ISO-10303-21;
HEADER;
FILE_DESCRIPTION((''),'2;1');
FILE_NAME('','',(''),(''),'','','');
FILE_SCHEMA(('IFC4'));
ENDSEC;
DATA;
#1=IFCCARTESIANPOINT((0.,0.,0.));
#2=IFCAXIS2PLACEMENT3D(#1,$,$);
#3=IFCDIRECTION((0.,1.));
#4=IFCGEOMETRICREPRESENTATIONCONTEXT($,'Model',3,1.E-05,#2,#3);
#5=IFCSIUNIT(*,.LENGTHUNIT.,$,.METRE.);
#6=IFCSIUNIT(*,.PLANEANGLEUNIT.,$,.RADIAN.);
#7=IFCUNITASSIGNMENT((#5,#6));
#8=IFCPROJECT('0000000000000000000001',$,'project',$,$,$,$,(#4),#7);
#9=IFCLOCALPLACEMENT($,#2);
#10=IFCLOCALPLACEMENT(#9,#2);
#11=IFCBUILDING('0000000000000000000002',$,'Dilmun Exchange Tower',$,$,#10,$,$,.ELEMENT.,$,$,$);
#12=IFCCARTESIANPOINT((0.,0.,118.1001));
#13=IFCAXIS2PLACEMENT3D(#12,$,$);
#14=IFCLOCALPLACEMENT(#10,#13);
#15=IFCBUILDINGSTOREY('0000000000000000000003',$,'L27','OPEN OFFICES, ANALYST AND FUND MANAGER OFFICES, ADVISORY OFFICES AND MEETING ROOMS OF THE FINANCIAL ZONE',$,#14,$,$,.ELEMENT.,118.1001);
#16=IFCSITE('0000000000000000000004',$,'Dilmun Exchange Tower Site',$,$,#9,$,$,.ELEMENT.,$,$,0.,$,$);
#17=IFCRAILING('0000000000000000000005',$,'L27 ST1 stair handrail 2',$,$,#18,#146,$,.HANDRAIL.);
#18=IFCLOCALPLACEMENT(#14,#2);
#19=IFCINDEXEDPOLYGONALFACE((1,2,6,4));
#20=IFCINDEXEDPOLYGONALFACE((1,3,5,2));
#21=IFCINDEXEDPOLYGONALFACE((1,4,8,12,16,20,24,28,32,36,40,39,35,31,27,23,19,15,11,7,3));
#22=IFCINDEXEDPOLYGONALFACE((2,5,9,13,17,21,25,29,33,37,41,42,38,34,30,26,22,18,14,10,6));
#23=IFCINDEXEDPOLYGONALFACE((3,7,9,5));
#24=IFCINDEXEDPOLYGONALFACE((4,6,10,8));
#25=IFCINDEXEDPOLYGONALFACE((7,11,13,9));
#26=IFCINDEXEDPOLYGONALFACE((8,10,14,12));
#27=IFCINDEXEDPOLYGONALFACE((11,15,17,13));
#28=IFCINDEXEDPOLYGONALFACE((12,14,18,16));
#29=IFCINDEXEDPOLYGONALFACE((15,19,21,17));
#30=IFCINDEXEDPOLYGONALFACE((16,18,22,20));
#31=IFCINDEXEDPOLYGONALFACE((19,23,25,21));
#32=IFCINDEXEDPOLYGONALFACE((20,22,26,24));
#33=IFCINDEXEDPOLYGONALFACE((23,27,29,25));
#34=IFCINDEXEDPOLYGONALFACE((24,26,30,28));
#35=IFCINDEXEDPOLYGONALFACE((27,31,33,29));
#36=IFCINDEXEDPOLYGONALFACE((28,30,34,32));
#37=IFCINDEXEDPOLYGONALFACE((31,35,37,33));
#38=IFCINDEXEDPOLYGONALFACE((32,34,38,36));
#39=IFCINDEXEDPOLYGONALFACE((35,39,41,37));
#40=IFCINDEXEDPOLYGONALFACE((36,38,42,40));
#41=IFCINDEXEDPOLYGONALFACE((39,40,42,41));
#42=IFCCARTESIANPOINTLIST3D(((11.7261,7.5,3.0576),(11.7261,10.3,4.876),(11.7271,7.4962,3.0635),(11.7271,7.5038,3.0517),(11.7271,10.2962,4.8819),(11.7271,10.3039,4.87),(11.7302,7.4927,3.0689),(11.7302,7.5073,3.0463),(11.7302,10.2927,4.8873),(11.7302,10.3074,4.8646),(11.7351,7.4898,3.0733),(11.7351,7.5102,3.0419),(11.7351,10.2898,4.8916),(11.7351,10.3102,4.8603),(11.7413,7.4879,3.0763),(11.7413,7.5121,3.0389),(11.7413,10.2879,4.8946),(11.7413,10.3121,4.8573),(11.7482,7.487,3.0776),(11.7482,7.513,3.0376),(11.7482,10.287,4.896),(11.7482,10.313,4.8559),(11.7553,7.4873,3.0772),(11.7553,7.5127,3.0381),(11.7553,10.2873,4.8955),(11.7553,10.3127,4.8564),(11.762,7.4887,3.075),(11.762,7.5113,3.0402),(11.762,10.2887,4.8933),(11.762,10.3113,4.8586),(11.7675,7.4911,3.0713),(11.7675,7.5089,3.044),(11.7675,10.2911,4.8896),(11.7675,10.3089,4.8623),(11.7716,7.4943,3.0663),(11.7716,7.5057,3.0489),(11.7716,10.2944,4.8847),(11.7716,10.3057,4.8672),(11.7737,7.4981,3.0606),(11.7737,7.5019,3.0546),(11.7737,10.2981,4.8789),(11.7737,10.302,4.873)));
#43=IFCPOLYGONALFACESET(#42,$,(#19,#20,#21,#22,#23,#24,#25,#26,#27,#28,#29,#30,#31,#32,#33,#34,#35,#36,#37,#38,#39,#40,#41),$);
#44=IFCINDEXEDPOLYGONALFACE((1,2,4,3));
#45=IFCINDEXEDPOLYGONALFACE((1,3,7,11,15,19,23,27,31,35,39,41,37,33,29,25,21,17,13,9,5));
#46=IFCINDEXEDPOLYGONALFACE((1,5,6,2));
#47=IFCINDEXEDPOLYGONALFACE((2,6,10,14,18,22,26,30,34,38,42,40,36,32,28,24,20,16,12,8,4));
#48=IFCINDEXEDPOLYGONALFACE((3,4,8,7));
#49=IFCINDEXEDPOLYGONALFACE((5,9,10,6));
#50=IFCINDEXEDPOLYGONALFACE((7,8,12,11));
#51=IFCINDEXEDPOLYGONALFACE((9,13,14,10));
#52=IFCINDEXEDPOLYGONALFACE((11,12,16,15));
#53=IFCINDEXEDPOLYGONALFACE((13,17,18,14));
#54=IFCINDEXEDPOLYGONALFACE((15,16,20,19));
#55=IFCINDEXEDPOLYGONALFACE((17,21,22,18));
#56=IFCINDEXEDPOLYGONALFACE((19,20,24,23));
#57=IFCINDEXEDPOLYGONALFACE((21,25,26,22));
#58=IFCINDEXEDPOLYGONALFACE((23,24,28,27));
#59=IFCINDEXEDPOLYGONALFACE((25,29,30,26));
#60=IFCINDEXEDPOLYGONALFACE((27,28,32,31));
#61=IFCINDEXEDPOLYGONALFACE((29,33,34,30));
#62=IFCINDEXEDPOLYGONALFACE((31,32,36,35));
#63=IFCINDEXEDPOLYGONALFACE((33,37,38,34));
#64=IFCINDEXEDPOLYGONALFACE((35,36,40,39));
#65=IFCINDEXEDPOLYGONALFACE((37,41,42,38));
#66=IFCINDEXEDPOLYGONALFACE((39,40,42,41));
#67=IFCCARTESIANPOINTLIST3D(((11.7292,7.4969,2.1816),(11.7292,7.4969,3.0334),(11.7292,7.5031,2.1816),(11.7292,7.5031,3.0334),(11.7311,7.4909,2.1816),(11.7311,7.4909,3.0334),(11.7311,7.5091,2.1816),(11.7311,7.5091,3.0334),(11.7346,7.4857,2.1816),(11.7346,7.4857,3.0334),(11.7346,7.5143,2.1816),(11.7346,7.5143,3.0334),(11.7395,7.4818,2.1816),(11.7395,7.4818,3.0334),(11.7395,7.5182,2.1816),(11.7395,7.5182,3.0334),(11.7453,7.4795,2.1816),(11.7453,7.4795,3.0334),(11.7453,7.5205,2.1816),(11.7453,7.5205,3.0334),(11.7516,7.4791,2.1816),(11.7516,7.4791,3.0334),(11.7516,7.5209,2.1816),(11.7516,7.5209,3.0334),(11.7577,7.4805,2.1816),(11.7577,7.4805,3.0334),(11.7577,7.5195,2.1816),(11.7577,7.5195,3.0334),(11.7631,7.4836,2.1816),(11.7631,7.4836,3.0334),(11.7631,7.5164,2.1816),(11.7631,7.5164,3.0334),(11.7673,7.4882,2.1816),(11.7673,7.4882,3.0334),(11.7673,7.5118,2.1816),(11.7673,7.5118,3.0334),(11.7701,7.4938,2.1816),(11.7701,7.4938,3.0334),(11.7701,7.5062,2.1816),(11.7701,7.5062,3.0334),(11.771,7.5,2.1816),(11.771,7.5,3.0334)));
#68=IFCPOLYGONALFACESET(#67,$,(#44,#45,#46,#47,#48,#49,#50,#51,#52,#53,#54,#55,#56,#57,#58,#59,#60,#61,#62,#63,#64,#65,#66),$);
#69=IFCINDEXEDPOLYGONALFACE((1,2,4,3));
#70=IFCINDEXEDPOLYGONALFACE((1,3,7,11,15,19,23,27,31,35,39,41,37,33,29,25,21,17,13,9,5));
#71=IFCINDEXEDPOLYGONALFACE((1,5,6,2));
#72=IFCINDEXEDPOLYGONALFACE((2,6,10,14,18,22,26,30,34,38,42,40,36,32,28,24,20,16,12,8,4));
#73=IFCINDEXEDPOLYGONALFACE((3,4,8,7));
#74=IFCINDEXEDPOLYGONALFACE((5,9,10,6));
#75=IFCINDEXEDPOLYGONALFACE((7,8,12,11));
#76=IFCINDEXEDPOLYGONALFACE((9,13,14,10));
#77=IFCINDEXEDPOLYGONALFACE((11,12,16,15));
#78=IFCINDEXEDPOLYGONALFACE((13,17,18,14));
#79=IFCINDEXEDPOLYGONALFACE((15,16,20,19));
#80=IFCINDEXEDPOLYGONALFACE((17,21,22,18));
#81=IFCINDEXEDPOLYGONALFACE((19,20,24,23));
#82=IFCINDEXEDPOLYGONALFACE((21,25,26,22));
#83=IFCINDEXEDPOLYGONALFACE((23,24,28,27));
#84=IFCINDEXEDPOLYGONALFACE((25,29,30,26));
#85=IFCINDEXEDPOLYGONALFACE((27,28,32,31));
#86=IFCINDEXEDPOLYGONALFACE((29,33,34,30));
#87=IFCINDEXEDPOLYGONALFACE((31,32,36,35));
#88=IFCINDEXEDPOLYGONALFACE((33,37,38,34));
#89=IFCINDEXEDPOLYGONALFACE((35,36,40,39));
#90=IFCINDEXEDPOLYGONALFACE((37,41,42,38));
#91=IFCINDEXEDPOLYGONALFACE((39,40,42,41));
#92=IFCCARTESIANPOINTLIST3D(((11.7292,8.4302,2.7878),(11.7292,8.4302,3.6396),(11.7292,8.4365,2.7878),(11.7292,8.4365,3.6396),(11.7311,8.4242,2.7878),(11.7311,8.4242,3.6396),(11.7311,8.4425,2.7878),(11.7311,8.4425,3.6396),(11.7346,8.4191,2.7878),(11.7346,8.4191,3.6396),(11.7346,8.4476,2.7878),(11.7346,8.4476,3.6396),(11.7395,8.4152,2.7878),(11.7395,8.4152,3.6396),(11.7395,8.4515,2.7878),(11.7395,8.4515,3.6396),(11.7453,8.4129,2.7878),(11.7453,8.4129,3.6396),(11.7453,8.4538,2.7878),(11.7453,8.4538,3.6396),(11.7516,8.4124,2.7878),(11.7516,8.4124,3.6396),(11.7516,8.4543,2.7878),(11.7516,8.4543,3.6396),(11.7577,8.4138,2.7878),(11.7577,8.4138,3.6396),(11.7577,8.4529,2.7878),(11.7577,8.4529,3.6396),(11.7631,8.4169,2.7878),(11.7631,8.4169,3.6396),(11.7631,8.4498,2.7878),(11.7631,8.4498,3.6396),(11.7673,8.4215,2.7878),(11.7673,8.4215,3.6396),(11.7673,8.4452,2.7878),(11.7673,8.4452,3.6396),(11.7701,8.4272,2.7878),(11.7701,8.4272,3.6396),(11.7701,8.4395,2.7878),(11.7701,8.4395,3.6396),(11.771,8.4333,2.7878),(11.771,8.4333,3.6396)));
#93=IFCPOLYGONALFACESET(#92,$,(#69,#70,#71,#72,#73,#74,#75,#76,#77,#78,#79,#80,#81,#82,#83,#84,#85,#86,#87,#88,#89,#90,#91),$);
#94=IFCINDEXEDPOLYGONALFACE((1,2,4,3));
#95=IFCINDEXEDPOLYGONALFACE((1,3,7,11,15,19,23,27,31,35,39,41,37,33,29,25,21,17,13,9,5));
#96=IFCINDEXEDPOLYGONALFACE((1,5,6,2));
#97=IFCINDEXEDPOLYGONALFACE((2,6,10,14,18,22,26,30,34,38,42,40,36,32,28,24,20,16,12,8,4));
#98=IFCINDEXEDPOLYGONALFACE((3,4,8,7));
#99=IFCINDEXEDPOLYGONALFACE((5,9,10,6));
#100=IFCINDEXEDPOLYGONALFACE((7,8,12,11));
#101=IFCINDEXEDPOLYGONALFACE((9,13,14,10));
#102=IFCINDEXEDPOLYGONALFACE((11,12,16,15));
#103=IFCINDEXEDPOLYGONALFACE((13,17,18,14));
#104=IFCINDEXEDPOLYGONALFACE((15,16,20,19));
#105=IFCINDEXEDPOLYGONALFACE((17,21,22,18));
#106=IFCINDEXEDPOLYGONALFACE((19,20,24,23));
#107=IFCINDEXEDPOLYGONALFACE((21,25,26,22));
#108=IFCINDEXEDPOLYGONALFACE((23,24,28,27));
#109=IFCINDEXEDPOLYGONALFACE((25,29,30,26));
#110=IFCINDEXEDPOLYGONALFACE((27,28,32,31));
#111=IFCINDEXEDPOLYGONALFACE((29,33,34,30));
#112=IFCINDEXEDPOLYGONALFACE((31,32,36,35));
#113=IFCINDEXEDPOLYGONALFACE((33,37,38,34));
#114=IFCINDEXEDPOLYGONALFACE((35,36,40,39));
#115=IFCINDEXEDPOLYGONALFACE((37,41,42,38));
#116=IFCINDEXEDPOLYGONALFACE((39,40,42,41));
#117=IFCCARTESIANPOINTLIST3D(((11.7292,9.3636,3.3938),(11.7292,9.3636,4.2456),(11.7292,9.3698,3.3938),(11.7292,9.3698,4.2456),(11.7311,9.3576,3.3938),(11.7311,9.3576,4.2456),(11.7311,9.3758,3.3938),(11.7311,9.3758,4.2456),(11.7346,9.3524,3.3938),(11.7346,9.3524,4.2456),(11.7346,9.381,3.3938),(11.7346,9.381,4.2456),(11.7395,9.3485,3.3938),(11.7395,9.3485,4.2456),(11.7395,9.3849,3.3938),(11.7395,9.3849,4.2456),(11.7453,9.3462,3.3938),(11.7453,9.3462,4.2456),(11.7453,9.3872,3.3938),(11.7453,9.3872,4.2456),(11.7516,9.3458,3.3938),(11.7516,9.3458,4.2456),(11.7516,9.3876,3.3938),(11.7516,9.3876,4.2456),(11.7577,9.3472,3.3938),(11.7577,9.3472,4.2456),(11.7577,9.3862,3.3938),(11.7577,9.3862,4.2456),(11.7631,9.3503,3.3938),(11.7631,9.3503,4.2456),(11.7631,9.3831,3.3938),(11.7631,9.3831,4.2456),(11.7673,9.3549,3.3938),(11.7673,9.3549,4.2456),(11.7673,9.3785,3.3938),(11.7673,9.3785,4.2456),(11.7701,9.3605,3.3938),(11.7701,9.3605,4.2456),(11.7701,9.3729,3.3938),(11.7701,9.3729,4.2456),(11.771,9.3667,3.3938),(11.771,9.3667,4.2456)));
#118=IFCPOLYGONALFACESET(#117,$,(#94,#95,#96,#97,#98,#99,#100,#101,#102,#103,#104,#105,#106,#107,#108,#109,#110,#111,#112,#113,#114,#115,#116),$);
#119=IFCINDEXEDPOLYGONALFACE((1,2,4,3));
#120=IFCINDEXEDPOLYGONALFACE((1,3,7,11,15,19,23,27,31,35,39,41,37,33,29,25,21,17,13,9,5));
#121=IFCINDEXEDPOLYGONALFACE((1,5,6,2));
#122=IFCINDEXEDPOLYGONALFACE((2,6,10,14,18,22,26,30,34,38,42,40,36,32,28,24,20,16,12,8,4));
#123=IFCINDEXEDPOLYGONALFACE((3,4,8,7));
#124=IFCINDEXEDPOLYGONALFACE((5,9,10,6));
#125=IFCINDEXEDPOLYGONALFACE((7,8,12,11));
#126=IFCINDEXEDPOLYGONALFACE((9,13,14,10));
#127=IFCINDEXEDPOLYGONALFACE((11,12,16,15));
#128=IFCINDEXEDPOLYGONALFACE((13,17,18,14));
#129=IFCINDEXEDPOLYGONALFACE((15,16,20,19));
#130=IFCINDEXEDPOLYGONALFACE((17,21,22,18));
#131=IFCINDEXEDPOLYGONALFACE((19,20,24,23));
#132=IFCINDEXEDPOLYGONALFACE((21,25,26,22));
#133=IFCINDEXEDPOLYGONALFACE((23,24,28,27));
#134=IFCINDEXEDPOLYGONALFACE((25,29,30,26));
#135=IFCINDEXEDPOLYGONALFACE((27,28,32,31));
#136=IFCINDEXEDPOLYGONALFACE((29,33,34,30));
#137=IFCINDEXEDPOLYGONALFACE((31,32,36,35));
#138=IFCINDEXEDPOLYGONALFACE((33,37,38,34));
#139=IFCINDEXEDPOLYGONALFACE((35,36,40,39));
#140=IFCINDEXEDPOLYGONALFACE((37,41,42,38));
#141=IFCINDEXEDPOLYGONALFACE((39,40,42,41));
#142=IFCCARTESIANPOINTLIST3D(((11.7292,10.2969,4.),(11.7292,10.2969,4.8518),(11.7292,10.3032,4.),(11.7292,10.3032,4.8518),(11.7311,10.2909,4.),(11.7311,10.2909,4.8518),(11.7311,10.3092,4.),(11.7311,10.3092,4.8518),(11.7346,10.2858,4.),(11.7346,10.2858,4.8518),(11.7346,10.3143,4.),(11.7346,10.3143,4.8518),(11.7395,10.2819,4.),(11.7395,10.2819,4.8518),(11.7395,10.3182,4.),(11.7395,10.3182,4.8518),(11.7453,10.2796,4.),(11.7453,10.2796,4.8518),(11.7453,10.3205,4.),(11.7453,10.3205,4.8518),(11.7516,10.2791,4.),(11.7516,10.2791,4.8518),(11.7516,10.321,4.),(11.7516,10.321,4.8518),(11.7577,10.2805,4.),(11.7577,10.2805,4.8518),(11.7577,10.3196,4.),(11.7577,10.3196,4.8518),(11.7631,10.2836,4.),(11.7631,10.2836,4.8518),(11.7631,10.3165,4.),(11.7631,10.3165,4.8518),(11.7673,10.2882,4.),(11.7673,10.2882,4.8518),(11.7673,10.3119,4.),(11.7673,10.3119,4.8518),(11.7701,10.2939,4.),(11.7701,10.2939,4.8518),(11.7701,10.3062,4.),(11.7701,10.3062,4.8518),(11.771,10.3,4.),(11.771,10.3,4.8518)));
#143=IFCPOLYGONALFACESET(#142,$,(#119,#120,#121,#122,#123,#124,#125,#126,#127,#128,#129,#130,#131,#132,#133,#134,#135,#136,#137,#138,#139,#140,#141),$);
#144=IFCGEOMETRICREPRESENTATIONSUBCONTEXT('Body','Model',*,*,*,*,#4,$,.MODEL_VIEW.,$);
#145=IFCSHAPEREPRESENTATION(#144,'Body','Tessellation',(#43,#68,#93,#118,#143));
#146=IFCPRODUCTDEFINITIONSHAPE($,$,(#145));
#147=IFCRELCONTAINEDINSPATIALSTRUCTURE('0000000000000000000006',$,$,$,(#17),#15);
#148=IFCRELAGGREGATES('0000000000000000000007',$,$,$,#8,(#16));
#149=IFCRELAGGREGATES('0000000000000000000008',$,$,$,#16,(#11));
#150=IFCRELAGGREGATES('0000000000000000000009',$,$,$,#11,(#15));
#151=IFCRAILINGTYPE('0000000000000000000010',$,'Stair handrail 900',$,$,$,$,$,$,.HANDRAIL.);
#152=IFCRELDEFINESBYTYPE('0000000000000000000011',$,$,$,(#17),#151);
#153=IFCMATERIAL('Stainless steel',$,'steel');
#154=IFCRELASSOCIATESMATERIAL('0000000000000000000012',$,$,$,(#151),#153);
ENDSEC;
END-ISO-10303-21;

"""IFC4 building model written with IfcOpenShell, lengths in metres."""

from ifc_helpers import new_model, si_unit, direction, frame, origin, origin_2d, place, context, subcontext, project, spatial, circle, extrude, material, type_object, element, save


model = new_model("IFC4")

# Units and contexts
model_context = context("Model", 3, precision=1e-05, world=origin(), true_north=direction((0.0, 1.0)))
body_context = subcontext(model_context, "Body", "Model", "MODEL_VIEW")
ifc_project = project(units=[si_unit("LENGTHUNIT", "METRE"), si_unit("PLANEANGLEUNIT", "RADIAN")], contexts=[model_context])

# Site, building, storey
site_placement = place(None, origin())
site = spatial("IfcSite", under=ifc_project, at=site_placement, Name="Dilmun Exchange Tower Site", CompositionType="ELEMENT", RefElevation=0.0)
building_placement = place(site_placement, origin())
building = spatial("IfcBuilding", under=site, at=building_placement, Name="Dilmun Exchange Tower", CompositionType="ELEMENT")
storey_placement = place(building_placement, frame((0.0, 0.0, 118.1001)))
storey = spatial("IfcBuildingStorey", under=building, at=storey_placement, Name="L27", Description="OPEN OFFICES, ANALYST AND FUND MANAGER OFFICES, ADVISORY OFFICES AND MEETING ROOMS OF THE FINANCIAL ZONE", CompositionType="ELEMENT", Elevation=118.1001)

# Railing
ifc_material_1 = material(Name="Stainless steel", Category="steel")
railing_type = type_object("IfcRailingType", Name="Stair handrail 900", PredefinedType="HANDRAIL", material=ifc_material_1)
for number, where, name in (
    (1, (11.75, 7.5, 2.1816), "L27 ST1 stair handrail 2"),
):
    element("IfcRailing", number, at=place(storey_placement, frame(where)), inside=storey, type_object=railing_type, Name=name, PredefinedType="HANDRAIL", context=body_context, shape_type="SweptSolid", body=[
        extrude(circle(Radius=0.0239, at=origin_2d()), frame((0.0, 0.0, 0.876), z_axis=(0.0, 0.838672, 0.544636), x_axis=(-1.0, 0.0, 0.0)), (0.0, 0.0, 1.0), 3.3386),
        extrude(circle(Radius=0.021, at=origin_2d()), origin(), (0.0, 0.0, 1.0), 0.8518),
        extrude(circle(Radius=0.021, at=origin_2d()), frame((0.0, 0.9333, 0.6062)), (0.0, 0.0, 1.0), 0.8518),
        extrude(circle(Radius=0.021, at=origin_2d()), frame((0.0, 1.8667, 1.2122)), (0.0, 0.0, 1.0), 0.8518),
        extrude(circle(Radius=0.021, at=origin_2d()), frame((0.0, 2.8, 1.8184)), (0.0, 0.0, 1.0), 0.8518),
    ])

save(model, "model.ifc")
